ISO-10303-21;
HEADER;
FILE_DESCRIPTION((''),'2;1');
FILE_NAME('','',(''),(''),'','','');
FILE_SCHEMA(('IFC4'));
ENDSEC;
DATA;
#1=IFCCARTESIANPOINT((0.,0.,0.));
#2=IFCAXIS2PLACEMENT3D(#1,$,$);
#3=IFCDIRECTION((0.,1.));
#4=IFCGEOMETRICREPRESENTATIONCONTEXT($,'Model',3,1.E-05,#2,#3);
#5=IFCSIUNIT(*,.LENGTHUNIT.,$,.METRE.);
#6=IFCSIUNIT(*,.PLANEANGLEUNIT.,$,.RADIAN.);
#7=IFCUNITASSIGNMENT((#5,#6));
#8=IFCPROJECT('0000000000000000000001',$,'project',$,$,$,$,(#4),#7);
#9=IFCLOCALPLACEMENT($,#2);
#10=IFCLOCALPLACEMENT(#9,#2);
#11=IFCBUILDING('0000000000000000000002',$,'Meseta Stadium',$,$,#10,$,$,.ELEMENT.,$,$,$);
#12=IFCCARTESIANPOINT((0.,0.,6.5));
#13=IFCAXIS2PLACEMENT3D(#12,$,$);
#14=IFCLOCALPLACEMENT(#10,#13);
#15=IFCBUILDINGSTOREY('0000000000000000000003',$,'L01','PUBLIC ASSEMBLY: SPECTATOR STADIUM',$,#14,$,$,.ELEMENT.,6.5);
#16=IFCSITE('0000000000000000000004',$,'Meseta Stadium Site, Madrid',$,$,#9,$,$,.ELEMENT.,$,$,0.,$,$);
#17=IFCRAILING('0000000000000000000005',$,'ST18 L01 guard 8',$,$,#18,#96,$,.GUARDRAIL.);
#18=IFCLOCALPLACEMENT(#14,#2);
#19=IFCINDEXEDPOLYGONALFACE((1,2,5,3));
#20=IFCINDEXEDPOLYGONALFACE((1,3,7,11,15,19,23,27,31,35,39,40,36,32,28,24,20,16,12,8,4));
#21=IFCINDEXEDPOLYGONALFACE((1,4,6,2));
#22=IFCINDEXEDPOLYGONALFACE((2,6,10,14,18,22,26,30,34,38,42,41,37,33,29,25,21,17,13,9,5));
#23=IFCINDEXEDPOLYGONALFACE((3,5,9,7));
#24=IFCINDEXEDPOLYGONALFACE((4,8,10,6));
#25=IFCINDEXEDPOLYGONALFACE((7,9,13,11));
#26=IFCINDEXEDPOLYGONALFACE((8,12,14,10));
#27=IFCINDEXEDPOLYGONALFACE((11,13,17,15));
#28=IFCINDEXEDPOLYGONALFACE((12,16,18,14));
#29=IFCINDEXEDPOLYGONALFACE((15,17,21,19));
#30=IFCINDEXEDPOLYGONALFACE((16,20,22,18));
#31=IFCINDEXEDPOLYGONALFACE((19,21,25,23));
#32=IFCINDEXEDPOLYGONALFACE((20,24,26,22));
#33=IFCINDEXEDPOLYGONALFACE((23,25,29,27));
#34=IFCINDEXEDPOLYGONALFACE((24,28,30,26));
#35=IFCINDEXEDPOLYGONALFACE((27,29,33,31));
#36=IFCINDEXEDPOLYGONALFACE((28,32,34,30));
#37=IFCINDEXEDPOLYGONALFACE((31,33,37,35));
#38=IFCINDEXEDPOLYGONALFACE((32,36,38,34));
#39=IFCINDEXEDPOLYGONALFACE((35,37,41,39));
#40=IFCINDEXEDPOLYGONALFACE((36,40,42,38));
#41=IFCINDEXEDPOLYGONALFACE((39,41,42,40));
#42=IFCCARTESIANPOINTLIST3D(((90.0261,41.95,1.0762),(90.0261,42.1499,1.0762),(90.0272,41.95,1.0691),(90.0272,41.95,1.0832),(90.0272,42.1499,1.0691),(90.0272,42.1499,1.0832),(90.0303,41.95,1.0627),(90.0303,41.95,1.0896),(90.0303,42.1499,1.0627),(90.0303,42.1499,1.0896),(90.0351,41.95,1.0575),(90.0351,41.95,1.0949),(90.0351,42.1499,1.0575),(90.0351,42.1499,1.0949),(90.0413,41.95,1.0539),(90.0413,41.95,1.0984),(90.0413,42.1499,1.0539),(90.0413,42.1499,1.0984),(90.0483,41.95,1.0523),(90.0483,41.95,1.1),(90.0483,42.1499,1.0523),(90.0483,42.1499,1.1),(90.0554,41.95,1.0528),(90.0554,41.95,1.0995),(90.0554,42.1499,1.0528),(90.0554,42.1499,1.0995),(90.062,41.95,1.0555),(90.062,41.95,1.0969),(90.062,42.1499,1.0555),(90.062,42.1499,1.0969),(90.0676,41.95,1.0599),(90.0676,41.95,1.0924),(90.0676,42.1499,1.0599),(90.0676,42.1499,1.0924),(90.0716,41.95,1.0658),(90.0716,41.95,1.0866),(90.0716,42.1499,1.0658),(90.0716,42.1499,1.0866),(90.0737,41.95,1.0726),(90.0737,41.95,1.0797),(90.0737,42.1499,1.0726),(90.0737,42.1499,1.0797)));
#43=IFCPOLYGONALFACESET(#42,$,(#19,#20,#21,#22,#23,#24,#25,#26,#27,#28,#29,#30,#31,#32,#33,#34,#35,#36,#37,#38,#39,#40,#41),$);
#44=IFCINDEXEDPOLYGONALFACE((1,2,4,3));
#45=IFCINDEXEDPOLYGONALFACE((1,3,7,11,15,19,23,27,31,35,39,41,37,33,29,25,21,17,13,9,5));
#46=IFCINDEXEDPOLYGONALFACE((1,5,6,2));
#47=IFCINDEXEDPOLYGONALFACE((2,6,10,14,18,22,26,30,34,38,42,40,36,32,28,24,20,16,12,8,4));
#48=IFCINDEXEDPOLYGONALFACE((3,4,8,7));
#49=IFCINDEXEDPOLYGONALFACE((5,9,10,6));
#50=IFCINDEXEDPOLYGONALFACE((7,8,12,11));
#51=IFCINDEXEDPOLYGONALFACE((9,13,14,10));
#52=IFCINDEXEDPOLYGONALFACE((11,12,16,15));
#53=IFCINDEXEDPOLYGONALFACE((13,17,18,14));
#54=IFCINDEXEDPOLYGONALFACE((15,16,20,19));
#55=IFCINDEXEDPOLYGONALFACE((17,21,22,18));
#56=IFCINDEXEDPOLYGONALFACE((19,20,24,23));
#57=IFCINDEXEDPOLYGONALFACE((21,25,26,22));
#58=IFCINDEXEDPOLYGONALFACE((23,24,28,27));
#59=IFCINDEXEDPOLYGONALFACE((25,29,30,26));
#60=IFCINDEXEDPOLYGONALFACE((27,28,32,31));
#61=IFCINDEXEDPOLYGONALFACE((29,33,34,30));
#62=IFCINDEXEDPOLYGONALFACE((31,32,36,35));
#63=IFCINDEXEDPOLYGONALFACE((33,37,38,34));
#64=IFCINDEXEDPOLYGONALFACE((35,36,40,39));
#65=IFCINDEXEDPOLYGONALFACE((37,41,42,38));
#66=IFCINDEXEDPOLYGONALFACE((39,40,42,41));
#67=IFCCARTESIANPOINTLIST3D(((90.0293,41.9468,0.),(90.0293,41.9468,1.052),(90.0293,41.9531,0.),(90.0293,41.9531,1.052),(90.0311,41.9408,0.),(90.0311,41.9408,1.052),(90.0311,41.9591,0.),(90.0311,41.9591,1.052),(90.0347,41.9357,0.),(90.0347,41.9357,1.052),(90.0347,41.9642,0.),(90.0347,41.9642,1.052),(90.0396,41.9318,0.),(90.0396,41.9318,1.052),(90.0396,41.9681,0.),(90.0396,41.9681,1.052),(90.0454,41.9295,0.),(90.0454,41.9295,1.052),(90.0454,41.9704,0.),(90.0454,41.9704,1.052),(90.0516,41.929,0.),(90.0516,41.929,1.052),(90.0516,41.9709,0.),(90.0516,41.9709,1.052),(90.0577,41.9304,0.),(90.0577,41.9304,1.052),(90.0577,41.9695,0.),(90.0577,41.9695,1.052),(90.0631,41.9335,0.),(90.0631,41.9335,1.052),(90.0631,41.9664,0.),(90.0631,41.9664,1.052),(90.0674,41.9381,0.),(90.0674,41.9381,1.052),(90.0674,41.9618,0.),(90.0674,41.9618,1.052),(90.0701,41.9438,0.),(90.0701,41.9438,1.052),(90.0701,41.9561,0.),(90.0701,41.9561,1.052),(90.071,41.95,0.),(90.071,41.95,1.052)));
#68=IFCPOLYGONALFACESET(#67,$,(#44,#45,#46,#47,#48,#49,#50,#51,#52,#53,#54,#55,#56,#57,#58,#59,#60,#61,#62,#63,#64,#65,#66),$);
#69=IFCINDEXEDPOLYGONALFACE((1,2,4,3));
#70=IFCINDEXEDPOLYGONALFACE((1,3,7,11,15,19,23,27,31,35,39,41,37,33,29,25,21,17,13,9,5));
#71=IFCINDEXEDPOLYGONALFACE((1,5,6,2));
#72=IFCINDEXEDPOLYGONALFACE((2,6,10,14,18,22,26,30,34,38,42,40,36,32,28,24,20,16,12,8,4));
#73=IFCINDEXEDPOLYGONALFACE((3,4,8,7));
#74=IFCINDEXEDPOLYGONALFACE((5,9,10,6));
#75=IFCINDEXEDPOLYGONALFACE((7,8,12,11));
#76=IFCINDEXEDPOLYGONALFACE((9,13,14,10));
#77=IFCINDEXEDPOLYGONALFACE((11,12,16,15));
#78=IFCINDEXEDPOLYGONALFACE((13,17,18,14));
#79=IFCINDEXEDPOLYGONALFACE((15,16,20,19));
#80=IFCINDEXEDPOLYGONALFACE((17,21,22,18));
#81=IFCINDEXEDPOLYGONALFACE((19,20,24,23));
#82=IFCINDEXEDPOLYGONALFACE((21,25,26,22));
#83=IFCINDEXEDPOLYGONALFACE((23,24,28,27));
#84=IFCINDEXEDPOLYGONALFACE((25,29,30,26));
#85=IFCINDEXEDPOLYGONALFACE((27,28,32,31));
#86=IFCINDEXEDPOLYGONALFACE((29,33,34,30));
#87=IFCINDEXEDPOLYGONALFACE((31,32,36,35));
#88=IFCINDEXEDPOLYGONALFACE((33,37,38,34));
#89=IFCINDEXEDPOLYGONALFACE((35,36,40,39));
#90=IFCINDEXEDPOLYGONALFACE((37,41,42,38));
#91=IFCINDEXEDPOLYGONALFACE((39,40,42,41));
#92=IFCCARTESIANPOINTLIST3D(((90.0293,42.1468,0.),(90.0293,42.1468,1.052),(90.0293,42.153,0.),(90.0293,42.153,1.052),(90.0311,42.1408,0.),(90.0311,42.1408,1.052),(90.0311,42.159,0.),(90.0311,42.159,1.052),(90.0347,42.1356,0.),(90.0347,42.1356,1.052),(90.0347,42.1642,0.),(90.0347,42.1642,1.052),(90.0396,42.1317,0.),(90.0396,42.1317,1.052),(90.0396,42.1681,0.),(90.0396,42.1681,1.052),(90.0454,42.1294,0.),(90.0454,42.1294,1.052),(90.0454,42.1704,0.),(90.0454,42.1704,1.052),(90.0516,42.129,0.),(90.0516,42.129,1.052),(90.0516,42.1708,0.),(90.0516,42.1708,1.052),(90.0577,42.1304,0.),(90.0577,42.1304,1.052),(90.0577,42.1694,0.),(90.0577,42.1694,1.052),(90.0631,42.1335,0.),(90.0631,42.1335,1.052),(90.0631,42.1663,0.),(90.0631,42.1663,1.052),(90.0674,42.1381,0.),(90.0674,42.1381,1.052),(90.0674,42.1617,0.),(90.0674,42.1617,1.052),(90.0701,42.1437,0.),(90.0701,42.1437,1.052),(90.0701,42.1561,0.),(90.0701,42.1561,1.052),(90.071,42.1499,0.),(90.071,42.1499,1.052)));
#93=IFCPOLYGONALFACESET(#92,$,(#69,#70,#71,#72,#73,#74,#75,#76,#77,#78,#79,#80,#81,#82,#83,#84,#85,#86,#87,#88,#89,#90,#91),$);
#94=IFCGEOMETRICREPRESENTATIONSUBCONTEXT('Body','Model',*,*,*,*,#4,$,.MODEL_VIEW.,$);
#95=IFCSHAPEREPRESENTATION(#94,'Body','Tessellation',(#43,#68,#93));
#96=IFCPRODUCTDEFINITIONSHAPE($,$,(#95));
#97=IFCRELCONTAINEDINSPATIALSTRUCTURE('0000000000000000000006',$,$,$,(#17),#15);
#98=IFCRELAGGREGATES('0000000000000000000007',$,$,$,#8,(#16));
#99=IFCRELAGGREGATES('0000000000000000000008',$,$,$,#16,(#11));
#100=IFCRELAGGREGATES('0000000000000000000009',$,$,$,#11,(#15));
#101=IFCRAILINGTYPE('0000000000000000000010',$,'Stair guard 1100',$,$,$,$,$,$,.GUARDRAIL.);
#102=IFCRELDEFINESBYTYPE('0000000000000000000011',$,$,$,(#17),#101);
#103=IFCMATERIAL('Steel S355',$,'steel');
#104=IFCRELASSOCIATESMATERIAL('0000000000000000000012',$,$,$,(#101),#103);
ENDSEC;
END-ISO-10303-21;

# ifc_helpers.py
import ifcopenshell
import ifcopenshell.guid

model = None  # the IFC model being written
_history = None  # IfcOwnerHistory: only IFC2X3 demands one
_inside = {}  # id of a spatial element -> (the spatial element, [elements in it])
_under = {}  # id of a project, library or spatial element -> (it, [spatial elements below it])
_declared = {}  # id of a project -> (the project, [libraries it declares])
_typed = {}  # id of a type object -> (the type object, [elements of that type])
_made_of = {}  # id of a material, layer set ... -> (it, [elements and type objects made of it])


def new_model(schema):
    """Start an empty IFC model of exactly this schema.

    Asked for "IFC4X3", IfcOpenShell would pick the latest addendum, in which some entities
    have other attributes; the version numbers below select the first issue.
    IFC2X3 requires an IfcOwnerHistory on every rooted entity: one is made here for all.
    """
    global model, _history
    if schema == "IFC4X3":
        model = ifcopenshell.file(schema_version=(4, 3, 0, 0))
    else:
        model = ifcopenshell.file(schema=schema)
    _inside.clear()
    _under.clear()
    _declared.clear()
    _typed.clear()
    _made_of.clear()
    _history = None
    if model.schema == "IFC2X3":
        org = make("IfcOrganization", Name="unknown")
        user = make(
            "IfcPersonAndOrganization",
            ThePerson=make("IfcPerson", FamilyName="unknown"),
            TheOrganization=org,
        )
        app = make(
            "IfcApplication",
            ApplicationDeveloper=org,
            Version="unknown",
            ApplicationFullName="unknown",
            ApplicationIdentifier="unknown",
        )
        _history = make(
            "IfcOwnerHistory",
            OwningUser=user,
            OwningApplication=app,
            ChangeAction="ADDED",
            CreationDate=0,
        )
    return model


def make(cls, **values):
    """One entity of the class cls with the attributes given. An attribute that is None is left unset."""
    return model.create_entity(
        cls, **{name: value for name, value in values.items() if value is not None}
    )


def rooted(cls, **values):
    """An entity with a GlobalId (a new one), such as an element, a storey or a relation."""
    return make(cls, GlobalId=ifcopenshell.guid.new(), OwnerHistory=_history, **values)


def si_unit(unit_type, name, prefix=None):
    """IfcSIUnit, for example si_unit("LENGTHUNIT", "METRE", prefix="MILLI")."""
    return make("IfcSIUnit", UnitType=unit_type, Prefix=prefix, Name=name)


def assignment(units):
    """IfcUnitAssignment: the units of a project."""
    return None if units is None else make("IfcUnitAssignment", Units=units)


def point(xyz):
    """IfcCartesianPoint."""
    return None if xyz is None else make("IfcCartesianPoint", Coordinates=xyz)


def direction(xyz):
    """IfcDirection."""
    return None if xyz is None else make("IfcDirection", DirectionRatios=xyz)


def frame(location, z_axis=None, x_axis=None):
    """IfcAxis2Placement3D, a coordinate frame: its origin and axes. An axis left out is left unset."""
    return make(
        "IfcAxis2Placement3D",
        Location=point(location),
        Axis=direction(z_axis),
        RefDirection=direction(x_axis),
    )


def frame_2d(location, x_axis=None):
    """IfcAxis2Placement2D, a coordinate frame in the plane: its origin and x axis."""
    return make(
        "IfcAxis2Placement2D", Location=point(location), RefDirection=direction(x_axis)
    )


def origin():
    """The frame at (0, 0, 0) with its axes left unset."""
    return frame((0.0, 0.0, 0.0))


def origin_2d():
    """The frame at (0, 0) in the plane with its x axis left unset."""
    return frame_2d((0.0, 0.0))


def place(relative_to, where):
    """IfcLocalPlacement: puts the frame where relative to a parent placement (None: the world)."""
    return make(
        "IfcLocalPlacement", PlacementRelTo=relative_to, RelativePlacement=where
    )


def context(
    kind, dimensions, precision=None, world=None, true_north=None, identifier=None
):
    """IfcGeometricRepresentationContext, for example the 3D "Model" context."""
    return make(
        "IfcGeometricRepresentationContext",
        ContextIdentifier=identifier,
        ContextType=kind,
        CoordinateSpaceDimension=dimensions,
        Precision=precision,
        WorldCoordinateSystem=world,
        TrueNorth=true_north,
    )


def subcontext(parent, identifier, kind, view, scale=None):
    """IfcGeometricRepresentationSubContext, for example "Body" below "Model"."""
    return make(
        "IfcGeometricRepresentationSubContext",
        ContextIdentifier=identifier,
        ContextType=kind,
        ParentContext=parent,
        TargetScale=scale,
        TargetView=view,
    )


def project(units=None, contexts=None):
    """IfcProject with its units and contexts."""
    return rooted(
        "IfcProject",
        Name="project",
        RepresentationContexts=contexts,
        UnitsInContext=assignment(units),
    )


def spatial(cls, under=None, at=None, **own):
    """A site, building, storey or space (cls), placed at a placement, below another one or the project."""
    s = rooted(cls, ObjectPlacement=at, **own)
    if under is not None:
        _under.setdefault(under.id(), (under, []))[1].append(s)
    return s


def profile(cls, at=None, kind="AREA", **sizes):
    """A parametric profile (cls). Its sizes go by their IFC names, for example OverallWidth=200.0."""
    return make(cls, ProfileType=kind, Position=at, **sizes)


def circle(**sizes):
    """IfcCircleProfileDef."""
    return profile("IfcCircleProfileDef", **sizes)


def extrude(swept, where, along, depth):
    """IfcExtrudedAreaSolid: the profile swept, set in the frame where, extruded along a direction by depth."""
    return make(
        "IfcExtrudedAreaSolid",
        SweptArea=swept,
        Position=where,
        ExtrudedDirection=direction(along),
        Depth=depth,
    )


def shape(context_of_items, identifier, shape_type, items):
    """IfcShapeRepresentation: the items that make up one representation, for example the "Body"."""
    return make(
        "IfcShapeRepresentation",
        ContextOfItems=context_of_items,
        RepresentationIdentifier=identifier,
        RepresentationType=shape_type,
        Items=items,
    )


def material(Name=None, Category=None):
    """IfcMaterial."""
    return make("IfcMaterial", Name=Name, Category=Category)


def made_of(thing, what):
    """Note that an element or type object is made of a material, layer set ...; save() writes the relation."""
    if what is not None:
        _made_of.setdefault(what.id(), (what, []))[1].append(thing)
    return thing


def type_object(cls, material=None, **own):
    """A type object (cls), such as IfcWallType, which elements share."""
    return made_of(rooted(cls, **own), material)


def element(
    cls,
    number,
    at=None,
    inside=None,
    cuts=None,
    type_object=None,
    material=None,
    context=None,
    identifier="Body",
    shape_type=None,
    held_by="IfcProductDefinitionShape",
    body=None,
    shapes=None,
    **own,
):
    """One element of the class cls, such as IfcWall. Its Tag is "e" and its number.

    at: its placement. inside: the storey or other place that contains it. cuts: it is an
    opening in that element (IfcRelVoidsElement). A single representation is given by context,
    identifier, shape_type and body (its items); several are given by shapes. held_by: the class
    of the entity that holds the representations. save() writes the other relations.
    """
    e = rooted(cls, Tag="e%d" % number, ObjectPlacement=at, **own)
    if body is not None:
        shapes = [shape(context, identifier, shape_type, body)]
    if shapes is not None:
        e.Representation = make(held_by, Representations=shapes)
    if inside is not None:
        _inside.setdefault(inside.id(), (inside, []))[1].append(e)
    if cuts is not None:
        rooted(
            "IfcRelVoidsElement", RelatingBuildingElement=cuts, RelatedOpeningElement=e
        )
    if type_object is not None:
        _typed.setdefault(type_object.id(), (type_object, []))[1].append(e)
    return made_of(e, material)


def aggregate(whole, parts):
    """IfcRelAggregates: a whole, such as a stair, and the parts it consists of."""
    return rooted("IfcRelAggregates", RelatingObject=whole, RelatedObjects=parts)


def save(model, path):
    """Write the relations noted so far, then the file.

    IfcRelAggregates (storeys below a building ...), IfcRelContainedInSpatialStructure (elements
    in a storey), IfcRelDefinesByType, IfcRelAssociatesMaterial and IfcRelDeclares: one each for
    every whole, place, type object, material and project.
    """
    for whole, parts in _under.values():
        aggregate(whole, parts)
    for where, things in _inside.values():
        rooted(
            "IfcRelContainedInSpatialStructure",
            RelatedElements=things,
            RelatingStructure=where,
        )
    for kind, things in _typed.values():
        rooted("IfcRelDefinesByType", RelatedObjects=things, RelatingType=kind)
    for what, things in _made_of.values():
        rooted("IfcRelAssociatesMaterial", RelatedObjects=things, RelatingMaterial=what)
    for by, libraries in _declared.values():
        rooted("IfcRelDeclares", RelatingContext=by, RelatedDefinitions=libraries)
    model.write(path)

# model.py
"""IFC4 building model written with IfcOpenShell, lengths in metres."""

from ifc_helpers import new_model, si_unit, direction, frame, origin, origin_2d, place, context, subcontext, project, spatial, circle, extrude, material, type_object, element, save


model = new_model("IFC4")

# Units and contexts
model_context = context("Model", 3, precision=1e-05, world=origin(), true_north=direction((0.0, 1.0)))
body_context = subcontext(model_context, "Body", "Model", "MODEL_VIEW")
ifc_project = project(units=[si_unit("LENGTHUNIT", "METRE"), si_unit("PLANEANGLEUNIT", "RADIAN")], contexts=[model_context])

# Site, building, storey
site_placement = place(None, origin())
site = spatial("IfcSite", under=ifc_project, at=site_placement, Name="Meseta Stadium Site, Madrid", CompositionType="ELEMENT", RefElevation=0.0)
building_placement = place(site_placement, origin())
building = spatial("IfcBuilding", under=site, at=building_placement, Name="Meseta Stadium", CompositionType="ELEMENT")
storey_placement = place(building_placement, frame((0.0, 0.0, 6.5)))
storey = spatial("IfcBuildingStorey", under=building, at=storey_placement, Name="L01", Description="PUBLIC ASSEMBLY: SPECTATOR STADIUM", CompositionType="ELEMENT", Elevation=6.5)

# Railing
ifc_material_1 = material(Name="Steel S355", Category="steel")
railing_type_1 = type_object("IfcRailingType", Name="Stair guard 1100", PredefinedType="GUARDRAIL", material=ifc_material_1)
railing_1_placement = place(storey_placement, frame((90.05, 41.95, 0.0)))
element("IfcRailing", 1, at=railing_1_placement, inside=storey, type_object=railing_type_1, Name="ST18 L01 guard 8", PredefinedType="GUARDRAIL", context=body_context, shape_type="SweptSolid", body=[
    extrude(circle(Radius=0.0239, at=origin_2d()), frame((0.0, 0.0, 1.0762), z_axis=(0.0, 1.0, 0.0), x_axis=(-1.0, 0.0, 0.0)), (0.0, 0.0, 1.0), 0.2),
    extrude(circle(Radius=0.021, at=origin_2d()), origin(), (0.0, 0.0, 1.0), 1.052),
    extrude(circle(Radius=0.021, at=origin_2d()), frame((0.0, 0.2, 0.0)), (0.0, 0.0, 1.0), 1.052),
])

save(model, "model.ifc")
